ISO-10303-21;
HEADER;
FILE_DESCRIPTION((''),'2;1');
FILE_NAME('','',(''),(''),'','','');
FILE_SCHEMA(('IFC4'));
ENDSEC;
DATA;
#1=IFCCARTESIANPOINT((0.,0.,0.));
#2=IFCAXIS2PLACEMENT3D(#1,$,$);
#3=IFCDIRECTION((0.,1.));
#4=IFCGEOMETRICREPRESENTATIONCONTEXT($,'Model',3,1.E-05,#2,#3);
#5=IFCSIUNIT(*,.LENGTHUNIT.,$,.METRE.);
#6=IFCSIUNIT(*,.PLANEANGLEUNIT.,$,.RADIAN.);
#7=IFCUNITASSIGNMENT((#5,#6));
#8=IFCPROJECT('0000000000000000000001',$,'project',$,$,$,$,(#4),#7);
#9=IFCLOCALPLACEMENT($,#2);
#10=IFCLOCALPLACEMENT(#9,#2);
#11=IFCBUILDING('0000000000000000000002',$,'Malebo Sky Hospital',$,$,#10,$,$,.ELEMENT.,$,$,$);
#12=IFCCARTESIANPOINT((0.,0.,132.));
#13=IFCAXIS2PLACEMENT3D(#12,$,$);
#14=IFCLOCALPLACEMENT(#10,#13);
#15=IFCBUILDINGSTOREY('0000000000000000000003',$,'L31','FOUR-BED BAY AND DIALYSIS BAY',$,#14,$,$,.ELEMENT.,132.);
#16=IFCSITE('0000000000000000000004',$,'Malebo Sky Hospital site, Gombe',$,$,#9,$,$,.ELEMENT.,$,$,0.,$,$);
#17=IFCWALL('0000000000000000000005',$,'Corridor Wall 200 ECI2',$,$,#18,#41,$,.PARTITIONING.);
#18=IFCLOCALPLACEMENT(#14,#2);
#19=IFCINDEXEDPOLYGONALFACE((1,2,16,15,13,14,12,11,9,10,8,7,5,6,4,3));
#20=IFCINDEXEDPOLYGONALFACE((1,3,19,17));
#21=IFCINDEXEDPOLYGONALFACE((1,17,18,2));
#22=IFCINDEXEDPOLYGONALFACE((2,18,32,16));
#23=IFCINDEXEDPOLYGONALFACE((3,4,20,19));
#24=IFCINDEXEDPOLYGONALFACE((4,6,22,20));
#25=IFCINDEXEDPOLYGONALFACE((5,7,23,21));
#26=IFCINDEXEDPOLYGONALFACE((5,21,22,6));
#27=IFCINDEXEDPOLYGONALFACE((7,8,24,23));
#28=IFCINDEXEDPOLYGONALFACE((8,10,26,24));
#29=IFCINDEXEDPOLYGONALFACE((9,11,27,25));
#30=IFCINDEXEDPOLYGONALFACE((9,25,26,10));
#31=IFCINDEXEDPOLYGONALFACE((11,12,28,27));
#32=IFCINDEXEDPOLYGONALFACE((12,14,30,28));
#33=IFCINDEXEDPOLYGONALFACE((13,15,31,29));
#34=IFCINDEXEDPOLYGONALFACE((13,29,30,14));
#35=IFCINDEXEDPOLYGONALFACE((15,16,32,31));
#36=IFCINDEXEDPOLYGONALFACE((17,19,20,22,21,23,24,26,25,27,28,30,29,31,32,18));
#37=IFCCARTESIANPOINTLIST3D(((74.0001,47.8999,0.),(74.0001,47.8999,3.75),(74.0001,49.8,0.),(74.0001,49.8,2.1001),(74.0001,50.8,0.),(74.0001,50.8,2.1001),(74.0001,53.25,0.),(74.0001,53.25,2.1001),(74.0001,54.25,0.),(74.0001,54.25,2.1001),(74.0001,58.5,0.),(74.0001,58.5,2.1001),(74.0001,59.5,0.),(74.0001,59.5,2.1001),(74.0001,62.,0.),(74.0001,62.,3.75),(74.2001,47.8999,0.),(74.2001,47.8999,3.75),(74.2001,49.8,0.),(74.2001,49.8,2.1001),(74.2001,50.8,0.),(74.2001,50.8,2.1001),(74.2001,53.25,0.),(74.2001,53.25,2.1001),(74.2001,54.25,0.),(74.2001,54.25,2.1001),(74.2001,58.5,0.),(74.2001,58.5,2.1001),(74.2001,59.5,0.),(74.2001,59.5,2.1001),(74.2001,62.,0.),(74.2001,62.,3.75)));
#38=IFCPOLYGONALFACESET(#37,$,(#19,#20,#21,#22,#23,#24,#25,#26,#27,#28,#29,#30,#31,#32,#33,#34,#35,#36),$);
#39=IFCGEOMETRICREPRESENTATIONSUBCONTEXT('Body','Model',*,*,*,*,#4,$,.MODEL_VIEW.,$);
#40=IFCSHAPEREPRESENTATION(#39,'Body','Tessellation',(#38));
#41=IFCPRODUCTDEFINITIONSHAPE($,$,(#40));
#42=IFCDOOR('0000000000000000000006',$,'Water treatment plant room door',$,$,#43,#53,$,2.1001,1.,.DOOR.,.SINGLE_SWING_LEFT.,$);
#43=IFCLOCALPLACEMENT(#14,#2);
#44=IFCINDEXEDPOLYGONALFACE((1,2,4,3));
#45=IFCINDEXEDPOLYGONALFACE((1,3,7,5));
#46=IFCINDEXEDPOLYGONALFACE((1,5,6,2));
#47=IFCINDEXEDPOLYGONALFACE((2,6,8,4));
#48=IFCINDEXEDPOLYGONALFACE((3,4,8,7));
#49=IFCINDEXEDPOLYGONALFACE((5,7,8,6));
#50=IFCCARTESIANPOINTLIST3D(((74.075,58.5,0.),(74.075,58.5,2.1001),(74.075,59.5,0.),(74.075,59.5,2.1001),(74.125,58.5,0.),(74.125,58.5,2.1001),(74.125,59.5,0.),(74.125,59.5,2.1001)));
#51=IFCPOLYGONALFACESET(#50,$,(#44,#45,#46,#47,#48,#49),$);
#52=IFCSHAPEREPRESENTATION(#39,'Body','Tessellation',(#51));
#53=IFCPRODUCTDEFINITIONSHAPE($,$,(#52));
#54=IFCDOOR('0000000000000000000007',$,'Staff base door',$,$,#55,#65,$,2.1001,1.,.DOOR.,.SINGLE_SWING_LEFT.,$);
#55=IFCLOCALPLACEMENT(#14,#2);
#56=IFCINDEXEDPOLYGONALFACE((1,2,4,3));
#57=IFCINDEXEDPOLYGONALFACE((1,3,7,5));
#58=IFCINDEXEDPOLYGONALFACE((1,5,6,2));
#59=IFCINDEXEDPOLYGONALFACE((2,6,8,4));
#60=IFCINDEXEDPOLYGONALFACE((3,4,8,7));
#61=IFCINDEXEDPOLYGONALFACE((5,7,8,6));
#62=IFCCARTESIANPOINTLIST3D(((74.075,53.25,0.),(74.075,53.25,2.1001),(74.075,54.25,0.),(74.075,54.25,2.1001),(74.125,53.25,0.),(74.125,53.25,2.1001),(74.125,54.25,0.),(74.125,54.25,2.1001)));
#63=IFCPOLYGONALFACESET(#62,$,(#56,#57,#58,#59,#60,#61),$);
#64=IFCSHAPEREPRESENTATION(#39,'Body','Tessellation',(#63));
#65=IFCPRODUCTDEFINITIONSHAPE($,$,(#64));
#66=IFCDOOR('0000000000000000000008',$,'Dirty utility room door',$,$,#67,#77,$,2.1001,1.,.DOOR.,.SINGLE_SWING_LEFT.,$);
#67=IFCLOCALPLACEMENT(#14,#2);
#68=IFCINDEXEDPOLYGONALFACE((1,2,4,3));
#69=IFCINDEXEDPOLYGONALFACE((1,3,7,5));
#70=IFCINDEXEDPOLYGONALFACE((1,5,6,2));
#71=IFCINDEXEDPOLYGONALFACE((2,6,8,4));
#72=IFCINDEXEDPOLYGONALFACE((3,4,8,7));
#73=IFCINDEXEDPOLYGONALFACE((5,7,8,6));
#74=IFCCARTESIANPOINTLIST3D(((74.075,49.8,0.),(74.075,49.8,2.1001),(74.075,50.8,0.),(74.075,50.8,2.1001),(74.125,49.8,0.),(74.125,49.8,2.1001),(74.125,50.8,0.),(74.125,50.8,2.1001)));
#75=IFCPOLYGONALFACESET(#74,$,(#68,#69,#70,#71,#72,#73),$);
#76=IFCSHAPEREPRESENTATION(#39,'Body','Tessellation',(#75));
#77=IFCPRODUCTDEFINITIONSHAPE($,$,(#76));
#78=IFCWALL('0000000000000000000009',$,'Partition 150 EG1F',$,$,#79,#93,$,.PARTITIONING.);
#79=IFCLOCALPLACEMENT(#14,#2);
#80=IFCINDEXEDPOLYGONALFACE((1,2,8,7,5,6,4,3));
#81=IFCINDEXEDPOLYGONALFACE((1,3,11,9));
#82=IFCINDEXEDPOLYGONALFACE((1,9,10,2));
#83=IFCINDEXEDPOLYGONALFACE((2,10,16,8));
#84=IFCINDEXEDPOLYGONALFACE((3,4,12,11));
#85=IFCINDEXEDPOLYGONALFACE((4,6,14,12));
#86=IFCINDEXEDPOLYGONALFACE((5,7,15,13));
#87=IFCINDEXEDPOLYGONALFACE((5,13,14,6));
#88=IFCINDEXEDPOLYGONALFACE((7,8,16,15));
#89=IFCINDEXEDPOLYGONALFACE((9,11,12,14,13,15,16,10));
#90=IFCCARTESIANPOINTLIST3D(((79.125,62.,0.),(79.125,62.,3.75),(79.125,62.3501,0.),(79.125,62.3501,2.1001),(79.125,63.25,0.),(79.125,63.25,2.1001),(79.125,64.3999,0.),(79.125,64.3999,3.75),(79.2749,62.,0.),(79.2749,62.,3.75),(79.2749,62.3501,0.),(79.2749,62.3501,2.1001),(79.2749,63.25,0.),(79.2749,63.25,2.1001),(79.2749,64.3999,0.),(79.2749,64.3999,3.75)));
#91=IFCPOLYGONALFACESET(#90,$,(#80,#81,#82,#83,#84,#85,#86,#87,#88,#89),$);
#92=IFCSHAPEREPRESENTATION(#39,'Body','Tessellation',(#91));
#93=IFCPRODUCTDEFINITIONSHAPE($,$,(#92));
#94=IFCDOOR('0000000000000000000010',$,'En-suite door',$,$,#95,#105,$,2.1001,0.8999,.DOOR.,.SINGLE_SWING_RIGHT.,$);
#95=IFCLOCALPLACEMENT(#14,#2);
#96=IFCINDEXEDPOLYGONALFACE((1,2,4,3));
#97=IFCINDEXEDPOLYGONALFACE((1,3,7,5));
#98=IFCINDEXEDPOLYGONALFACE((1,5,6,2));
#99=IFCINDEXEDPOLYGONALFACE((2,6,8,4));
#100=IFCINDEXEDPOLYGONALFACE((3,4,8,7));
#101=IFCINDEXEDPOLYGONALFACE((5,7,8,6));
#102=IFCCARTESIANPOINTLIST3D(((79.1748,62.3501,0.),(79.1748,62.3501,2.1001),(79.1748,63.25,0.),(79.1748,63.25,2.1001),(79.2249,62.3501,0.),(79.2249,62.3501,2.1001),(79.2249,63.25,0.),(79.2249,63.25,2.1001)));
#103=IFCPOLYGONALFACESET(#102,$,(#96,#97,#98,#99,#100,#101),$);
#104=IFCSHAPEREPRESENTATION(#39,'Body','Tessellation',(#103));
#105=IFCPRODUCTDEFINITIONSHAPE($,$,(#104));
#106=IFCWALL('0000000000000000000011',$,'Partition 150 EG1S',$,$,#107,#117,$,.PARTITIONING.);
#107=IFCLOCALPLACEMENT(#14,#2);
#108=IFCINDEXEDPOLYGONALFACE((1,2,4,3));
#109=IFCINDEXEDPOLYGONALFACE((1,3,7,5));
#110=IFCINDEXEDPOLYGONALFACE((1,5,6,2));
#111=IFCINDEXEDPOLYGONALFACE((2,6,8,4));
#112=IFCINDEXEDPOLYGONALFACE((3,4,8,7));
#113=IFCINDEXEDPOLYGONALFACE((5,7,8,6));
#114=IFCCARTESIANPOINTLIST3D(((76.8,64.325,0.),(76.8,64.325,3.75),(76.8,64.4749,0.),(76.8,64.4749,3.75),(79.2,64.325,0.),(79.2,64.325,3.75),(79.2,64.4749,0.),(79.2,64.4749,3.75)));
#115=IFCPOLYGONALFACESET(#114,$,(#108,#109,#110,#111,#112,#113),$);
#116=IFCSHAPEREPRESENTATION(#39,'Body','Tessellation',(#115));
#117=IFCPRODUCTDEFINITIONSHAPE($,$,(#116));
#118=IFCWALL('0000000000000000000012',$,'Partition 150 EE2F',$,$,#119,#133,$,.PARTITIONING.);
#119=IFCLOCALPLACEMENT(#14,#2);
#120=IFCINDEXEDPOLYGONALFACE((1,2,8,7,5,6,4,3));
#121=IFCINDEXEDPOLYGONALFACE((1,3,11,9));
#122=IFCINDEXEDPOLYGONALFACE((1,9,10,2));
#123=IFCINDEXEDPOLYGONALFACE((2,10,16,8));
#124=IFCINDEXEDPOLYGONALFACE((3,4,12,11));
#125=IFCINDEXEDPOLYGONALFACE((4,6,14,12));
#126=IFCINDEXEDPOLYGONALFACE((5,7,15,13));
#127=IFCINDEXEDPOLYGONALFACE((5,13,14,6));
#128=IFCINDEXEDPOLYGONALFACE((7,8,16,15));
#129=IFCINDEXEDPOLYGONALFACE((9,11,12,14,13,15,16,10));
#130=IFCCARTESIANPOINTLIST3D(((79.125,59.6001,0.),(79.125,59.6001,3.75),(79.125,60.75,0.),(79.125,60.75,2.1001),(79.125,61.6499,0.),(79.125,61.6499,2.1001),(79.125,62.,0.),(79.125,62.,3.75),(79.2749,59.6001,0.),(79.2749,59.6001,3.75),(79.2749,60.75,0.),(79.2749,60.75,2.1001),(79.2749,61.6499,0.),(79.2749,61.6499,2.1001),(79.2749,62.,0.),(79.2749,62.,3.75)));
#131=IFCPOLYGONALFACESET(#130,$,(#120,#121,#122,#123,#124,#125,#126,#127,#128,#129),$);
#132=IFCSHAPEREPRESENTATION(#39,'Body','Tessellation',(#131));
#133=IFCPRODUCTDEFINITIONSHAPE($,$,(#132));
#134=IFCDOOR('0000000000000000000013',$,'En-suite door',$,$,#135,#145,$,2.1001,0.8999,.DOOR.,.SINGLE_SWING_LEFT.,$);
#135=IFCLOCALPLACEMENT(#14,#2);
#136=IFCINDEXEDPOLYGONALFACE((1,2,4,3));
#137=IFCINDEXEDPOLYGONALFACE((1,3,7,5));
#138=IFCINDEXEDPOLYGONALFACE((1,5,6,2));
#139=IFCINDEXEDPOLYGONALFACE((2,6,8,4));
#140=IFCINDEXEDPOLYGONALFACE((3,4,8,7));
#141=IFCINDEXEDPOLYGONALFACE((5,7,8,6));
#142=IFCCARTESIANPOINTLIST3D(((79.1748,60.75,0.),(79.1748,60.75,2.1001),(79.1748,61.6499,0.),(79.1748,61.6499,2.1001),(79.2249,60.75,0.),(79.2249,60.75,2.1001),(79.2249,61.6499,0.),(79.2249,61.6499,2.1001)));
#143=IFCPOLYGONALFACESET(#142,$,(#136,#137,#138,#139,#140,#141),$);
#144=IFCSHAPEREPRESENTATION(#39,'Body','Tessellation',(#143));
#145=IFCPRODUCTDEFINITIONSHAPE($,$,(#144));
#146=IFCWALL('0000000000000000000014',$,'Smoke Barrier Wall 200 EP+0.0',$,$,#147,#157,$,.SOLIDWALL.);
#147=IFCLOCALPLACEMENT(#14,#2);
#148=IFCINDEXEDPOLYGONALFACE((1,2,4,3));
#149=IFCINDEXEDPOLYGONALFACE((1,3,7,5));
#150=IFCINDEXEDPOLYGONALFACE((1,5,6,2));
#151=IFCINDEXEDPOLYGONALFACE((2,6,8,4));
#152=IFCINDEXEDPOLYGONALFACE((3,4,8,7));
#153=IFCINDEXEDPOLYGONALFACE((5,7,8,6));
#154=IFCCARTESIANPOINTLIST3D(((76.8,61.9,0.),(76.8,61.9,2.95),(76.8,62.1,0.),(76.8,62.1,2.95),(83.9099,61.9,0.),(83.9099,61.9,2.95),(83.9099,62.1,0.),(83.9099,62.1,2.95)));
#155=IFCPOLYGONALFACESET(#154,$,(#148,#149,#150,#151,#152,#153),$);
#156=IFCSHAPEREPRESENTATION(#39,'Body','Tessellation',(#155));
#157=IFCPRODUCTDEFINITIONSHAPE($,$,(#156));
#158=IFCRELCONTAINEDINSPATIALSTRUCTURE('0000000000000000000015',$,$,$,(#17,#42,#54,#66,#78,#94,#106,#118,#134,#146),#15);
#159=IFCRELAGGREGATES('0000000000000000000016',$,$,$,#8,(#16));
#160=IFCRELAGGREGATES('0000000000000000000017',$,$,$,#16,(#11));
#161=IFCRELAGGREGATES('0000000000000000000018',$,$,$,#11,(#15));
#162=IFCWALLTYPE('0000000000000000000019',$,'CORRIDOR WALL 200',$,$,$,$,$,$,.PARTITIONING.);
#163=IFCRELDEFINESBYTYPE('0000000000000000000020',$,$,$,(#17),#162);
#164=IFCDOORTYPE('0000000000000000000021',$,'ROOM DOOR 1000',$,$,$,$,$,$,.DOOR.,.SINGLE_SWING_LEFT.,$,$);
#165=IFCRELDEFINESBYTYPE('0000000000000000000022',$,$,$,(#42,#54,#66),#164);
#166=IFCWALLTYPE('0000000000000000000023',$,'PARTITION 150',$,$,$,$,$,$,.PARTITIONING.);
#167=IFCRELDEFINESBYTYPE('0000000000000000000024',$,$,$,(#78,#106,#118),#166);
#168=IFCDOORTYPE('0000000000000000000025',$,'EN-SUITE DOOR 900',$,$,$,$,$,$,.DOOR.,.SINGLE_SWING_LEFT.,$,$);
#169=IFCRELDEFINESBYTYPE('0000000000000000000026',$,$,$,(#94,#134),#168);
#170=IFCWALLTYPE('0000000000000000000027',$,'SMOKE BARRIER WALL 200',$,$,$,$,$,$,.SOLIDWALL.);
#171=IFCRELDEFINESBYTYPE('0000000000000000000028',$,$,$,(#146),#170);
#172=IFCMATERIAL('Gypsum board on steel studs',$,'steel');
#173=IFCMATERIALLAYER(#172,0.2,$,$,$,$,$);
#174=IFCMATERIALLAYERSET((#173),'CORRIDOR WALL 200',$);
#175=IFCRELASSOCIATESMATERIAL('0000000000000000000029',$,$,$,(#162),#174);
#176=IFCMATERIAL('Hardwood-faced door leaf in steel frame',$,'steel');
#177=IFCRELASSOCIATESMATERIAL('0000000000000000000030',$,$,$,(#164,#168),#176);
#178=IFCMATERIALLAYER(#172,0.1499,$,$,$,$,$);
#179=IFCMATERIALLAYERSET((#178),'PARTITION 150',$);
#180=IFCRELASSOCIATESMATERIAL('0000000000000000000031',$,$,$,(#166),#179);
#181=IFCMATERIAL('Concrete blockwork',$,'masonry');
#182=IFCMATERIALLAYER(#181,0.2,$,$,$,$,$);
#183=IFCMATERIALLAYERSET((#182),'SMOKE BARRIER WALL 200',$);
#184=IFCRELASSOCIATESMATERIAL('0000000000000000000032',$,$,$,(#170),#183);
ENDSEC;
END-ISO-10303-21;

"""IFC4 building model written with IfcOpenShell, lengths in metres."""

from ifc_helpers import new_model, si_unit, direction, frame, frame_2d, origin, place, context, subcontext, project, spatial, rectangle, extrude, material, layer, layer_set, type_object, element, fill, save


model = new_model("IFC4")

# Units and contexts
model_context = context("Model", 3, precision=1e-05, world=origin(), true_north=direction((0.0, 1.0)))
body_context = subcontext(model_context, "Body", "Model", "MODEL_VIEW")
ifc_project = project(units=[si_unit("LENGTHUNIT", "METRE"), si_unit("PLANEANGLEUNIT", "RADIAN")], contexts=[model_context])

# Site, building, storey
site_placement = place(None, origin())
site = spatial("IfcSite", under=ifc_project, at=site_placement, Name="Malebo Sky Hospital site, Gombe", CompositionType="ELEMENT", RefElevation=0.0)
building_placement = place(site_placement, origin())
building = spatial("IfcBuilding", under=site, at=building_placement, Name="Malebo Sky Hospital", CompositionType="ELEMENT")
storey_placement = place(building_placement, frame((0.0, 0.0, 132.0)))
storey = spatial("IfcBuildingStorey", under=building, at=storey_placement, Name="L31", Description="FOUR-BED BAY AND DIALYSIS BAY", CompositionType="ELEMENT", Elevation=132.0)

# Wall, openings, doors
ifc_material_1 = material(Name="Gypsum board on steel studs", Category="steel")
ifc_layer_1 = layer(ifc_material_1, 0.2)
ifc_layer_set_1 = layer_set([ifc_layer_1], Name="CORRIDOR WALL 200")
wall_type_1 = type_object("IfcWallType", Name="CORRIDOR WALL 200", PredefinedType="PARTITIONING", material=ifc_layer_set_1)
wall_1_placement = place(storey_placement, frame((74.1001, 62.0, 0.0), z_axis=(0.0, 0.0, 1.0), x_axis=(0.0, -1.0, 0.0)))
wall_1 = element("IfcWall", 1, at=wall_1_placement, inside=storey, type_object=wall_type_1, Name="Corridor Wall 200 ECI2", PredefinedType="PARTITIONING", context=body_context, shape_type="SweptSolid", body=[
    extrude(rectangle(XDim=14.1001, YDim=0.2, at=frame_2d((7.05, 0.0))), origin(), (0.0, 0.0, 1.0), 3.75),
])
opening_1_placement = place(wall_1_placement, frame((2.5, 0.0, 0.0)))
opening_1 = element("IfcOpeningElement", 2, at=opening_1_placement, cuts=wall_1, PredefinedType="OPENING", context=body_context, shape_type="SweptSolid", body=[
    extrude(rectangle(XDim=1.0, YDim=2.1001, at=frame_2d((0.5, 1.05))), frame((0.0, 0.1099, 0.0), z_axis=(0.0, -1.0, 0.0), x_axis=(1.0, 0.0, 0.0)), (0.0, 0.0, 1.0), 0.22),
])
opening_2_placement = place(wall_1_placement, frame((7.75, 0.0, 0.0)))
opening_2 = element("IfcOpeningElement", 3, at=opening_2_placement, cuts=wall_1, PredefinedType="OPENING", context=body_context, shape_type="SweptSolid", body=[
    extrude(rectangle(XDim=1.0, YDim=2.1001, at=frame_2d((0.5, 1.05))), frame((0.0, 0.1099, 0.0), z_axis=(0.0, -1.0, 0.0), x_axis=(1.0, 0.0, 0.0)), (0.0, 0.0, 1.0), 0.22),
])
opening_3_placement = place(wall_1_placement, frame((11.2, 0.0, 0.0)))
opening_3 = element("IfcOpeningElement", 4, at=opening_3_placement, cuts=wall_1, PredefinedType="OPENING", context=body_context, shape_type="SweptSolid", body=[
    extrude(rectangle(XDim=1.0, YDim=2.1001, at=frame_2d((0.5, 1.05))), frame((0.0, 0.1099, 0.0), z_axis=(0.0, -1.0, 0.0), x_axis=(1.0, 0.0, 0.0)), (0.0, 0.0, 1.0), 0.22),
])
ifc_material_2 = material(Name="Hardwood-faced door leaf in steel frame", Category="steel")
door_type_1 = type_object("IfcDoorType", Name="ROOM DOOR 1000", OperationType="SINGLE_SWING_LEFT", PredefinedType="DOOR", material=ifc_material_2)
door_1_placement = place(opening_1_placement, origin())
door_1 = element("IfcDoor", 5, at=door_1_placement, inside=storey, type_object=door_type_1, Name="Water treatment plant room door", OperationType="SINGLE_SWING_LEFT", OverallHeight=2.1001, OverallWidth=1.0, PredefinedType="DOOR", context=body_context, shape_type="SweptSolid", body=[
    extrude(rectangle(XDim=1.0, YDim=2.1001, at=frame_2d((0.5, 1.05))), frame((0.0, 0.0249, 0.0), z_axis=(0.0, -1.0, 0.0), x_axis=(1.0, 0.0, 0.0)), (0.0, 0.0, 1.0), 0.05),
])
fill(opening_1, door_1)
door_2_placement = place(opening_2_placement, origin())
door_2 = element("IfcDoor", 6, at=door_2_placement, inside=storey, type_object=door_type_1, Name="Staff base door", OperationType="SINGLE_SWING_LEFT", OverallHeight=2.1001, OverallWidth=1.0, PredefinedType="DOOR", context=body_context, shape_type="SweptSolid", body=[
    extrude(rectangle(XDim=1.0, YDim=2.1001, at=frame_2d((0.5, 1.05))), frame((0.0, 0.0249, 0.0), z_axis=(0.0, -1.0, 0.0), x_axis=(1.0, 0.0, 0.0)), (0.0, 0.0, 1.0), 0.05),
])
fill(opening_2, door_2)
door_3_placement = place(opening_3_placement, origin())
door_3 = element("IfcDoor", 7, at=door_3_placement, inside=storey, type_object=door_type_1, Name="Dirty utility room door", OperationType="SINGLE_SWING_LEFT", OverallHeight=2.1001, OverallWidth=1.0, PredefinedType="DOOR", context=body_context, shape_type="SweptSolid", body=[
    extrude(rectangle(XDim=1.0, YDim=2.1001, at=frame_2d((0.5, 1.05))), frame((0.0, 0.0249, 0.0), z_axis=(0.0, -1.0, 0.0), x_axis=(1.0, 0.0, 0.0)), (0.0, 0.0, 1.0), 0.05),
])
fill(opening_3, door_3)

# Wall, opening, door
ifc_layer_2 = layer(ifc_material_1, 0.1499)
ifc_layer_set_2 = layer_set([ifc_layer_2], Name="PARTITION 150")
wall_type_2 = type_object("IfcWallType", Name="PARTITION 150", PredefinedType="PARTITIONING", material=ifc_layer_set_2)
wall_2_placement = place(storey_placement, frame((79.2, 64.3999, 0.0), z_axis=(0.0, 0.0, 1.0), x_axis=(0.0, -1.0, 0.0)))
wall_2 = element("IfcWall", 8, at=wall_2_placement, inside=storey, type_object=wall_type_2, Name="Partition 150 EG1F", PredefinedType="PARTITIONING", context=body_context, shape_type="SweptSolid", body=[
    extrude(rectangle(XDim=2.3999, YDim=0.1499, at=frame_2d((1.2, 0.0))), origin(), (0.0, 0.0, 1.0), 3.75),
])
opening_4_placement = place(wall_2_placement, frame((1.1499, 0.0, 0.0)))
opening_4 = element("IfcOpeningElement", 9, at=opening_4_placement, cuts=wall_2, PredefinedType="OPENING", context=body_context, shape_type="SweptSolid", body=[
    extrude(rectangle(XDim=0.8999, YDim=2.1001, at=frame_2d((0.45, 1.05))), frame((0.0, 0.085, 0.0), z_axis=(0.0, -1.0, 0.0), x_axis=(1.0, 0.0, 0.0)), (0.0, 0.0, 1.0), 0.1699),
])
door_type_2 = type_object("IfcDoorType", Name="EN-SUITE DOOR 900", OperationType="SINGLE_SWING_LEFT", PredefinedType="DOOR", material=ifc_material_2)
door_4_placement = place(opening_4_placement, origin())
door_4 = element("IfcDoor", 10, at=door_4_placement, inside=storey, type_object=door_type_2, Name="En-suite door", OperationType="SINGLE_SWING_RIGHT", OverallHeight=2.1001, OverallWidth=0.8999, PredefinedType="DOOR", context=body_context, shape_type="SweptSolid", body=[
    extrude(rectangle(XDim=0.8999, YDim=2.1001, at=frame_2d((0.45, 1.05))), frame((0.0, 0.0249, 0.0), z_axis=(0.0, -1.0, 0.0), x_axis=(1.0, 0.0, 0.0)), (0.0, 0.0, 1.0), 0.05),
])
fill(opening_4, door_4)

# Wall
wall_3_placement = place(storey_placement, frame((76.8, 64.3999, 0.0), z_axis=(0.0, 0.0, 1.0), x_axis=(1.0, 0.0, 0.0)))
element("IfcWall", 11, at=wall_3_placement, inside=storey, type_object=wall_type_2, Name="Partition 150 EG1S", PredefinedType="PARTITIONING", context=body_context, shape_type="SweptSolid", body=[
    extrude(rectangle(XDim=2.3999, YDim=0.1499, at=frame_2d((1.2, 0.0))), origin(), (0.0, 0.0, 1.0), 3.75),
])

# Wall, opening, door
wall_4_placement = place(storey_placement, frame((79.2, 62.0, 0.0), z_axis=(0.0, 0.0, 1.0), x_axis=(0.0, -1.0, 0.0)))
wall_4 = element("IfcWall", 12, at=wall_4_placement, inside=storey, type_object=wall_type_2, Name="Partition 150 EE2F", PredefinedType="PARTITIONING", context=body_context, shape_type="SweptSolid", body=[
    extrude(rectangle(XDim=2.3999, YDim=0.1499, at=frame_2d((1.2, 0.0))), origin(), (0.0, 0.0, 1.0), 3.75),
])
opening_5_placement = place(wall_4_placement, frame((0.3501, 0.0, 0.0)))
opening_5 = element("IfcOpeningElement", 13, at=opening_5_placement, cuts=wall_4, PredefinedType="OPENING", context=body_context, shape_type="SweptSolid", body=[
    extrude(rectangle(XDim=0.8999, YDim=2.1001, at=frame_2d((0.45, 1.05))), frame((0.0, 0.085, 0.0), z_axis=(0.0, -1.0, 0.0), x_axis=(1.0, 0.0, 0.0)), (0.0, 0.0, 1.0), 0.1699),
])
door_5_placement = place(opening_5_placement, origin())
door_5 = element("IfcDoor", 14, at=door_5_placement, inside=storey, type_object=door_type_2, Name="En-suite door", OperationType="SINGLE_SWING_LEFT", OverallHeight=2.1001, OverallWidth=0.8999, PredefinedType="DOOR", context=body_context, shape_type="SweptSolid", body=[
    extrude(rectangle(XDim=0.8999, YDim=2.1001, at=frame_2d((0.45, 1.05))), frame((0.0, 0.0249, 0.0), z_axis=(0.0, -1.0, 0.0), x_axis=(1.0, 0.0, 0.0)), (0.0, 0.0, 1.0), 0.05),
])
fill(opening_5, door_5)

# Wall
ifc_material_3 = material(Name="Concrete blockwork", Category="masonry")
ifc_layer_3 = layer(ifc_material_3, 0.2)
ifc_layer_set_3 = layer_set([ifc_layer_3], Name="SMOKE BARRIER WALL 200")
wall_type_3 = type_object("IfcWallType", Name="SMOKE BARRIER WALL 200", PredefinedType="SOLIDWALL", material=ifc_layer_set_3)
wall_5_placement = place(storey_placement, frame((76.8, 62.0, 0.0), z_axis=(0.0, 0.0, 1.0), x_axis=(1.0, 0.0, 0.0)))
element("IfcWall", 15, at=wall_5_placement, inside=storey, type_object=wall_type_3, Name="Smoke Barrier Wall 200 EP+0.0", PredefinedType="SOLIDWALL", context=body_context, shape_type="SweptSolid", body=[
    extrude(rectangle(XDim=7.1099, YDim=0.2, at=frame_2d((3.5549, 0.0))), origin(), (0.0, 0.0, 1.0), 2.95),
])

save(model, "model.ifc")
